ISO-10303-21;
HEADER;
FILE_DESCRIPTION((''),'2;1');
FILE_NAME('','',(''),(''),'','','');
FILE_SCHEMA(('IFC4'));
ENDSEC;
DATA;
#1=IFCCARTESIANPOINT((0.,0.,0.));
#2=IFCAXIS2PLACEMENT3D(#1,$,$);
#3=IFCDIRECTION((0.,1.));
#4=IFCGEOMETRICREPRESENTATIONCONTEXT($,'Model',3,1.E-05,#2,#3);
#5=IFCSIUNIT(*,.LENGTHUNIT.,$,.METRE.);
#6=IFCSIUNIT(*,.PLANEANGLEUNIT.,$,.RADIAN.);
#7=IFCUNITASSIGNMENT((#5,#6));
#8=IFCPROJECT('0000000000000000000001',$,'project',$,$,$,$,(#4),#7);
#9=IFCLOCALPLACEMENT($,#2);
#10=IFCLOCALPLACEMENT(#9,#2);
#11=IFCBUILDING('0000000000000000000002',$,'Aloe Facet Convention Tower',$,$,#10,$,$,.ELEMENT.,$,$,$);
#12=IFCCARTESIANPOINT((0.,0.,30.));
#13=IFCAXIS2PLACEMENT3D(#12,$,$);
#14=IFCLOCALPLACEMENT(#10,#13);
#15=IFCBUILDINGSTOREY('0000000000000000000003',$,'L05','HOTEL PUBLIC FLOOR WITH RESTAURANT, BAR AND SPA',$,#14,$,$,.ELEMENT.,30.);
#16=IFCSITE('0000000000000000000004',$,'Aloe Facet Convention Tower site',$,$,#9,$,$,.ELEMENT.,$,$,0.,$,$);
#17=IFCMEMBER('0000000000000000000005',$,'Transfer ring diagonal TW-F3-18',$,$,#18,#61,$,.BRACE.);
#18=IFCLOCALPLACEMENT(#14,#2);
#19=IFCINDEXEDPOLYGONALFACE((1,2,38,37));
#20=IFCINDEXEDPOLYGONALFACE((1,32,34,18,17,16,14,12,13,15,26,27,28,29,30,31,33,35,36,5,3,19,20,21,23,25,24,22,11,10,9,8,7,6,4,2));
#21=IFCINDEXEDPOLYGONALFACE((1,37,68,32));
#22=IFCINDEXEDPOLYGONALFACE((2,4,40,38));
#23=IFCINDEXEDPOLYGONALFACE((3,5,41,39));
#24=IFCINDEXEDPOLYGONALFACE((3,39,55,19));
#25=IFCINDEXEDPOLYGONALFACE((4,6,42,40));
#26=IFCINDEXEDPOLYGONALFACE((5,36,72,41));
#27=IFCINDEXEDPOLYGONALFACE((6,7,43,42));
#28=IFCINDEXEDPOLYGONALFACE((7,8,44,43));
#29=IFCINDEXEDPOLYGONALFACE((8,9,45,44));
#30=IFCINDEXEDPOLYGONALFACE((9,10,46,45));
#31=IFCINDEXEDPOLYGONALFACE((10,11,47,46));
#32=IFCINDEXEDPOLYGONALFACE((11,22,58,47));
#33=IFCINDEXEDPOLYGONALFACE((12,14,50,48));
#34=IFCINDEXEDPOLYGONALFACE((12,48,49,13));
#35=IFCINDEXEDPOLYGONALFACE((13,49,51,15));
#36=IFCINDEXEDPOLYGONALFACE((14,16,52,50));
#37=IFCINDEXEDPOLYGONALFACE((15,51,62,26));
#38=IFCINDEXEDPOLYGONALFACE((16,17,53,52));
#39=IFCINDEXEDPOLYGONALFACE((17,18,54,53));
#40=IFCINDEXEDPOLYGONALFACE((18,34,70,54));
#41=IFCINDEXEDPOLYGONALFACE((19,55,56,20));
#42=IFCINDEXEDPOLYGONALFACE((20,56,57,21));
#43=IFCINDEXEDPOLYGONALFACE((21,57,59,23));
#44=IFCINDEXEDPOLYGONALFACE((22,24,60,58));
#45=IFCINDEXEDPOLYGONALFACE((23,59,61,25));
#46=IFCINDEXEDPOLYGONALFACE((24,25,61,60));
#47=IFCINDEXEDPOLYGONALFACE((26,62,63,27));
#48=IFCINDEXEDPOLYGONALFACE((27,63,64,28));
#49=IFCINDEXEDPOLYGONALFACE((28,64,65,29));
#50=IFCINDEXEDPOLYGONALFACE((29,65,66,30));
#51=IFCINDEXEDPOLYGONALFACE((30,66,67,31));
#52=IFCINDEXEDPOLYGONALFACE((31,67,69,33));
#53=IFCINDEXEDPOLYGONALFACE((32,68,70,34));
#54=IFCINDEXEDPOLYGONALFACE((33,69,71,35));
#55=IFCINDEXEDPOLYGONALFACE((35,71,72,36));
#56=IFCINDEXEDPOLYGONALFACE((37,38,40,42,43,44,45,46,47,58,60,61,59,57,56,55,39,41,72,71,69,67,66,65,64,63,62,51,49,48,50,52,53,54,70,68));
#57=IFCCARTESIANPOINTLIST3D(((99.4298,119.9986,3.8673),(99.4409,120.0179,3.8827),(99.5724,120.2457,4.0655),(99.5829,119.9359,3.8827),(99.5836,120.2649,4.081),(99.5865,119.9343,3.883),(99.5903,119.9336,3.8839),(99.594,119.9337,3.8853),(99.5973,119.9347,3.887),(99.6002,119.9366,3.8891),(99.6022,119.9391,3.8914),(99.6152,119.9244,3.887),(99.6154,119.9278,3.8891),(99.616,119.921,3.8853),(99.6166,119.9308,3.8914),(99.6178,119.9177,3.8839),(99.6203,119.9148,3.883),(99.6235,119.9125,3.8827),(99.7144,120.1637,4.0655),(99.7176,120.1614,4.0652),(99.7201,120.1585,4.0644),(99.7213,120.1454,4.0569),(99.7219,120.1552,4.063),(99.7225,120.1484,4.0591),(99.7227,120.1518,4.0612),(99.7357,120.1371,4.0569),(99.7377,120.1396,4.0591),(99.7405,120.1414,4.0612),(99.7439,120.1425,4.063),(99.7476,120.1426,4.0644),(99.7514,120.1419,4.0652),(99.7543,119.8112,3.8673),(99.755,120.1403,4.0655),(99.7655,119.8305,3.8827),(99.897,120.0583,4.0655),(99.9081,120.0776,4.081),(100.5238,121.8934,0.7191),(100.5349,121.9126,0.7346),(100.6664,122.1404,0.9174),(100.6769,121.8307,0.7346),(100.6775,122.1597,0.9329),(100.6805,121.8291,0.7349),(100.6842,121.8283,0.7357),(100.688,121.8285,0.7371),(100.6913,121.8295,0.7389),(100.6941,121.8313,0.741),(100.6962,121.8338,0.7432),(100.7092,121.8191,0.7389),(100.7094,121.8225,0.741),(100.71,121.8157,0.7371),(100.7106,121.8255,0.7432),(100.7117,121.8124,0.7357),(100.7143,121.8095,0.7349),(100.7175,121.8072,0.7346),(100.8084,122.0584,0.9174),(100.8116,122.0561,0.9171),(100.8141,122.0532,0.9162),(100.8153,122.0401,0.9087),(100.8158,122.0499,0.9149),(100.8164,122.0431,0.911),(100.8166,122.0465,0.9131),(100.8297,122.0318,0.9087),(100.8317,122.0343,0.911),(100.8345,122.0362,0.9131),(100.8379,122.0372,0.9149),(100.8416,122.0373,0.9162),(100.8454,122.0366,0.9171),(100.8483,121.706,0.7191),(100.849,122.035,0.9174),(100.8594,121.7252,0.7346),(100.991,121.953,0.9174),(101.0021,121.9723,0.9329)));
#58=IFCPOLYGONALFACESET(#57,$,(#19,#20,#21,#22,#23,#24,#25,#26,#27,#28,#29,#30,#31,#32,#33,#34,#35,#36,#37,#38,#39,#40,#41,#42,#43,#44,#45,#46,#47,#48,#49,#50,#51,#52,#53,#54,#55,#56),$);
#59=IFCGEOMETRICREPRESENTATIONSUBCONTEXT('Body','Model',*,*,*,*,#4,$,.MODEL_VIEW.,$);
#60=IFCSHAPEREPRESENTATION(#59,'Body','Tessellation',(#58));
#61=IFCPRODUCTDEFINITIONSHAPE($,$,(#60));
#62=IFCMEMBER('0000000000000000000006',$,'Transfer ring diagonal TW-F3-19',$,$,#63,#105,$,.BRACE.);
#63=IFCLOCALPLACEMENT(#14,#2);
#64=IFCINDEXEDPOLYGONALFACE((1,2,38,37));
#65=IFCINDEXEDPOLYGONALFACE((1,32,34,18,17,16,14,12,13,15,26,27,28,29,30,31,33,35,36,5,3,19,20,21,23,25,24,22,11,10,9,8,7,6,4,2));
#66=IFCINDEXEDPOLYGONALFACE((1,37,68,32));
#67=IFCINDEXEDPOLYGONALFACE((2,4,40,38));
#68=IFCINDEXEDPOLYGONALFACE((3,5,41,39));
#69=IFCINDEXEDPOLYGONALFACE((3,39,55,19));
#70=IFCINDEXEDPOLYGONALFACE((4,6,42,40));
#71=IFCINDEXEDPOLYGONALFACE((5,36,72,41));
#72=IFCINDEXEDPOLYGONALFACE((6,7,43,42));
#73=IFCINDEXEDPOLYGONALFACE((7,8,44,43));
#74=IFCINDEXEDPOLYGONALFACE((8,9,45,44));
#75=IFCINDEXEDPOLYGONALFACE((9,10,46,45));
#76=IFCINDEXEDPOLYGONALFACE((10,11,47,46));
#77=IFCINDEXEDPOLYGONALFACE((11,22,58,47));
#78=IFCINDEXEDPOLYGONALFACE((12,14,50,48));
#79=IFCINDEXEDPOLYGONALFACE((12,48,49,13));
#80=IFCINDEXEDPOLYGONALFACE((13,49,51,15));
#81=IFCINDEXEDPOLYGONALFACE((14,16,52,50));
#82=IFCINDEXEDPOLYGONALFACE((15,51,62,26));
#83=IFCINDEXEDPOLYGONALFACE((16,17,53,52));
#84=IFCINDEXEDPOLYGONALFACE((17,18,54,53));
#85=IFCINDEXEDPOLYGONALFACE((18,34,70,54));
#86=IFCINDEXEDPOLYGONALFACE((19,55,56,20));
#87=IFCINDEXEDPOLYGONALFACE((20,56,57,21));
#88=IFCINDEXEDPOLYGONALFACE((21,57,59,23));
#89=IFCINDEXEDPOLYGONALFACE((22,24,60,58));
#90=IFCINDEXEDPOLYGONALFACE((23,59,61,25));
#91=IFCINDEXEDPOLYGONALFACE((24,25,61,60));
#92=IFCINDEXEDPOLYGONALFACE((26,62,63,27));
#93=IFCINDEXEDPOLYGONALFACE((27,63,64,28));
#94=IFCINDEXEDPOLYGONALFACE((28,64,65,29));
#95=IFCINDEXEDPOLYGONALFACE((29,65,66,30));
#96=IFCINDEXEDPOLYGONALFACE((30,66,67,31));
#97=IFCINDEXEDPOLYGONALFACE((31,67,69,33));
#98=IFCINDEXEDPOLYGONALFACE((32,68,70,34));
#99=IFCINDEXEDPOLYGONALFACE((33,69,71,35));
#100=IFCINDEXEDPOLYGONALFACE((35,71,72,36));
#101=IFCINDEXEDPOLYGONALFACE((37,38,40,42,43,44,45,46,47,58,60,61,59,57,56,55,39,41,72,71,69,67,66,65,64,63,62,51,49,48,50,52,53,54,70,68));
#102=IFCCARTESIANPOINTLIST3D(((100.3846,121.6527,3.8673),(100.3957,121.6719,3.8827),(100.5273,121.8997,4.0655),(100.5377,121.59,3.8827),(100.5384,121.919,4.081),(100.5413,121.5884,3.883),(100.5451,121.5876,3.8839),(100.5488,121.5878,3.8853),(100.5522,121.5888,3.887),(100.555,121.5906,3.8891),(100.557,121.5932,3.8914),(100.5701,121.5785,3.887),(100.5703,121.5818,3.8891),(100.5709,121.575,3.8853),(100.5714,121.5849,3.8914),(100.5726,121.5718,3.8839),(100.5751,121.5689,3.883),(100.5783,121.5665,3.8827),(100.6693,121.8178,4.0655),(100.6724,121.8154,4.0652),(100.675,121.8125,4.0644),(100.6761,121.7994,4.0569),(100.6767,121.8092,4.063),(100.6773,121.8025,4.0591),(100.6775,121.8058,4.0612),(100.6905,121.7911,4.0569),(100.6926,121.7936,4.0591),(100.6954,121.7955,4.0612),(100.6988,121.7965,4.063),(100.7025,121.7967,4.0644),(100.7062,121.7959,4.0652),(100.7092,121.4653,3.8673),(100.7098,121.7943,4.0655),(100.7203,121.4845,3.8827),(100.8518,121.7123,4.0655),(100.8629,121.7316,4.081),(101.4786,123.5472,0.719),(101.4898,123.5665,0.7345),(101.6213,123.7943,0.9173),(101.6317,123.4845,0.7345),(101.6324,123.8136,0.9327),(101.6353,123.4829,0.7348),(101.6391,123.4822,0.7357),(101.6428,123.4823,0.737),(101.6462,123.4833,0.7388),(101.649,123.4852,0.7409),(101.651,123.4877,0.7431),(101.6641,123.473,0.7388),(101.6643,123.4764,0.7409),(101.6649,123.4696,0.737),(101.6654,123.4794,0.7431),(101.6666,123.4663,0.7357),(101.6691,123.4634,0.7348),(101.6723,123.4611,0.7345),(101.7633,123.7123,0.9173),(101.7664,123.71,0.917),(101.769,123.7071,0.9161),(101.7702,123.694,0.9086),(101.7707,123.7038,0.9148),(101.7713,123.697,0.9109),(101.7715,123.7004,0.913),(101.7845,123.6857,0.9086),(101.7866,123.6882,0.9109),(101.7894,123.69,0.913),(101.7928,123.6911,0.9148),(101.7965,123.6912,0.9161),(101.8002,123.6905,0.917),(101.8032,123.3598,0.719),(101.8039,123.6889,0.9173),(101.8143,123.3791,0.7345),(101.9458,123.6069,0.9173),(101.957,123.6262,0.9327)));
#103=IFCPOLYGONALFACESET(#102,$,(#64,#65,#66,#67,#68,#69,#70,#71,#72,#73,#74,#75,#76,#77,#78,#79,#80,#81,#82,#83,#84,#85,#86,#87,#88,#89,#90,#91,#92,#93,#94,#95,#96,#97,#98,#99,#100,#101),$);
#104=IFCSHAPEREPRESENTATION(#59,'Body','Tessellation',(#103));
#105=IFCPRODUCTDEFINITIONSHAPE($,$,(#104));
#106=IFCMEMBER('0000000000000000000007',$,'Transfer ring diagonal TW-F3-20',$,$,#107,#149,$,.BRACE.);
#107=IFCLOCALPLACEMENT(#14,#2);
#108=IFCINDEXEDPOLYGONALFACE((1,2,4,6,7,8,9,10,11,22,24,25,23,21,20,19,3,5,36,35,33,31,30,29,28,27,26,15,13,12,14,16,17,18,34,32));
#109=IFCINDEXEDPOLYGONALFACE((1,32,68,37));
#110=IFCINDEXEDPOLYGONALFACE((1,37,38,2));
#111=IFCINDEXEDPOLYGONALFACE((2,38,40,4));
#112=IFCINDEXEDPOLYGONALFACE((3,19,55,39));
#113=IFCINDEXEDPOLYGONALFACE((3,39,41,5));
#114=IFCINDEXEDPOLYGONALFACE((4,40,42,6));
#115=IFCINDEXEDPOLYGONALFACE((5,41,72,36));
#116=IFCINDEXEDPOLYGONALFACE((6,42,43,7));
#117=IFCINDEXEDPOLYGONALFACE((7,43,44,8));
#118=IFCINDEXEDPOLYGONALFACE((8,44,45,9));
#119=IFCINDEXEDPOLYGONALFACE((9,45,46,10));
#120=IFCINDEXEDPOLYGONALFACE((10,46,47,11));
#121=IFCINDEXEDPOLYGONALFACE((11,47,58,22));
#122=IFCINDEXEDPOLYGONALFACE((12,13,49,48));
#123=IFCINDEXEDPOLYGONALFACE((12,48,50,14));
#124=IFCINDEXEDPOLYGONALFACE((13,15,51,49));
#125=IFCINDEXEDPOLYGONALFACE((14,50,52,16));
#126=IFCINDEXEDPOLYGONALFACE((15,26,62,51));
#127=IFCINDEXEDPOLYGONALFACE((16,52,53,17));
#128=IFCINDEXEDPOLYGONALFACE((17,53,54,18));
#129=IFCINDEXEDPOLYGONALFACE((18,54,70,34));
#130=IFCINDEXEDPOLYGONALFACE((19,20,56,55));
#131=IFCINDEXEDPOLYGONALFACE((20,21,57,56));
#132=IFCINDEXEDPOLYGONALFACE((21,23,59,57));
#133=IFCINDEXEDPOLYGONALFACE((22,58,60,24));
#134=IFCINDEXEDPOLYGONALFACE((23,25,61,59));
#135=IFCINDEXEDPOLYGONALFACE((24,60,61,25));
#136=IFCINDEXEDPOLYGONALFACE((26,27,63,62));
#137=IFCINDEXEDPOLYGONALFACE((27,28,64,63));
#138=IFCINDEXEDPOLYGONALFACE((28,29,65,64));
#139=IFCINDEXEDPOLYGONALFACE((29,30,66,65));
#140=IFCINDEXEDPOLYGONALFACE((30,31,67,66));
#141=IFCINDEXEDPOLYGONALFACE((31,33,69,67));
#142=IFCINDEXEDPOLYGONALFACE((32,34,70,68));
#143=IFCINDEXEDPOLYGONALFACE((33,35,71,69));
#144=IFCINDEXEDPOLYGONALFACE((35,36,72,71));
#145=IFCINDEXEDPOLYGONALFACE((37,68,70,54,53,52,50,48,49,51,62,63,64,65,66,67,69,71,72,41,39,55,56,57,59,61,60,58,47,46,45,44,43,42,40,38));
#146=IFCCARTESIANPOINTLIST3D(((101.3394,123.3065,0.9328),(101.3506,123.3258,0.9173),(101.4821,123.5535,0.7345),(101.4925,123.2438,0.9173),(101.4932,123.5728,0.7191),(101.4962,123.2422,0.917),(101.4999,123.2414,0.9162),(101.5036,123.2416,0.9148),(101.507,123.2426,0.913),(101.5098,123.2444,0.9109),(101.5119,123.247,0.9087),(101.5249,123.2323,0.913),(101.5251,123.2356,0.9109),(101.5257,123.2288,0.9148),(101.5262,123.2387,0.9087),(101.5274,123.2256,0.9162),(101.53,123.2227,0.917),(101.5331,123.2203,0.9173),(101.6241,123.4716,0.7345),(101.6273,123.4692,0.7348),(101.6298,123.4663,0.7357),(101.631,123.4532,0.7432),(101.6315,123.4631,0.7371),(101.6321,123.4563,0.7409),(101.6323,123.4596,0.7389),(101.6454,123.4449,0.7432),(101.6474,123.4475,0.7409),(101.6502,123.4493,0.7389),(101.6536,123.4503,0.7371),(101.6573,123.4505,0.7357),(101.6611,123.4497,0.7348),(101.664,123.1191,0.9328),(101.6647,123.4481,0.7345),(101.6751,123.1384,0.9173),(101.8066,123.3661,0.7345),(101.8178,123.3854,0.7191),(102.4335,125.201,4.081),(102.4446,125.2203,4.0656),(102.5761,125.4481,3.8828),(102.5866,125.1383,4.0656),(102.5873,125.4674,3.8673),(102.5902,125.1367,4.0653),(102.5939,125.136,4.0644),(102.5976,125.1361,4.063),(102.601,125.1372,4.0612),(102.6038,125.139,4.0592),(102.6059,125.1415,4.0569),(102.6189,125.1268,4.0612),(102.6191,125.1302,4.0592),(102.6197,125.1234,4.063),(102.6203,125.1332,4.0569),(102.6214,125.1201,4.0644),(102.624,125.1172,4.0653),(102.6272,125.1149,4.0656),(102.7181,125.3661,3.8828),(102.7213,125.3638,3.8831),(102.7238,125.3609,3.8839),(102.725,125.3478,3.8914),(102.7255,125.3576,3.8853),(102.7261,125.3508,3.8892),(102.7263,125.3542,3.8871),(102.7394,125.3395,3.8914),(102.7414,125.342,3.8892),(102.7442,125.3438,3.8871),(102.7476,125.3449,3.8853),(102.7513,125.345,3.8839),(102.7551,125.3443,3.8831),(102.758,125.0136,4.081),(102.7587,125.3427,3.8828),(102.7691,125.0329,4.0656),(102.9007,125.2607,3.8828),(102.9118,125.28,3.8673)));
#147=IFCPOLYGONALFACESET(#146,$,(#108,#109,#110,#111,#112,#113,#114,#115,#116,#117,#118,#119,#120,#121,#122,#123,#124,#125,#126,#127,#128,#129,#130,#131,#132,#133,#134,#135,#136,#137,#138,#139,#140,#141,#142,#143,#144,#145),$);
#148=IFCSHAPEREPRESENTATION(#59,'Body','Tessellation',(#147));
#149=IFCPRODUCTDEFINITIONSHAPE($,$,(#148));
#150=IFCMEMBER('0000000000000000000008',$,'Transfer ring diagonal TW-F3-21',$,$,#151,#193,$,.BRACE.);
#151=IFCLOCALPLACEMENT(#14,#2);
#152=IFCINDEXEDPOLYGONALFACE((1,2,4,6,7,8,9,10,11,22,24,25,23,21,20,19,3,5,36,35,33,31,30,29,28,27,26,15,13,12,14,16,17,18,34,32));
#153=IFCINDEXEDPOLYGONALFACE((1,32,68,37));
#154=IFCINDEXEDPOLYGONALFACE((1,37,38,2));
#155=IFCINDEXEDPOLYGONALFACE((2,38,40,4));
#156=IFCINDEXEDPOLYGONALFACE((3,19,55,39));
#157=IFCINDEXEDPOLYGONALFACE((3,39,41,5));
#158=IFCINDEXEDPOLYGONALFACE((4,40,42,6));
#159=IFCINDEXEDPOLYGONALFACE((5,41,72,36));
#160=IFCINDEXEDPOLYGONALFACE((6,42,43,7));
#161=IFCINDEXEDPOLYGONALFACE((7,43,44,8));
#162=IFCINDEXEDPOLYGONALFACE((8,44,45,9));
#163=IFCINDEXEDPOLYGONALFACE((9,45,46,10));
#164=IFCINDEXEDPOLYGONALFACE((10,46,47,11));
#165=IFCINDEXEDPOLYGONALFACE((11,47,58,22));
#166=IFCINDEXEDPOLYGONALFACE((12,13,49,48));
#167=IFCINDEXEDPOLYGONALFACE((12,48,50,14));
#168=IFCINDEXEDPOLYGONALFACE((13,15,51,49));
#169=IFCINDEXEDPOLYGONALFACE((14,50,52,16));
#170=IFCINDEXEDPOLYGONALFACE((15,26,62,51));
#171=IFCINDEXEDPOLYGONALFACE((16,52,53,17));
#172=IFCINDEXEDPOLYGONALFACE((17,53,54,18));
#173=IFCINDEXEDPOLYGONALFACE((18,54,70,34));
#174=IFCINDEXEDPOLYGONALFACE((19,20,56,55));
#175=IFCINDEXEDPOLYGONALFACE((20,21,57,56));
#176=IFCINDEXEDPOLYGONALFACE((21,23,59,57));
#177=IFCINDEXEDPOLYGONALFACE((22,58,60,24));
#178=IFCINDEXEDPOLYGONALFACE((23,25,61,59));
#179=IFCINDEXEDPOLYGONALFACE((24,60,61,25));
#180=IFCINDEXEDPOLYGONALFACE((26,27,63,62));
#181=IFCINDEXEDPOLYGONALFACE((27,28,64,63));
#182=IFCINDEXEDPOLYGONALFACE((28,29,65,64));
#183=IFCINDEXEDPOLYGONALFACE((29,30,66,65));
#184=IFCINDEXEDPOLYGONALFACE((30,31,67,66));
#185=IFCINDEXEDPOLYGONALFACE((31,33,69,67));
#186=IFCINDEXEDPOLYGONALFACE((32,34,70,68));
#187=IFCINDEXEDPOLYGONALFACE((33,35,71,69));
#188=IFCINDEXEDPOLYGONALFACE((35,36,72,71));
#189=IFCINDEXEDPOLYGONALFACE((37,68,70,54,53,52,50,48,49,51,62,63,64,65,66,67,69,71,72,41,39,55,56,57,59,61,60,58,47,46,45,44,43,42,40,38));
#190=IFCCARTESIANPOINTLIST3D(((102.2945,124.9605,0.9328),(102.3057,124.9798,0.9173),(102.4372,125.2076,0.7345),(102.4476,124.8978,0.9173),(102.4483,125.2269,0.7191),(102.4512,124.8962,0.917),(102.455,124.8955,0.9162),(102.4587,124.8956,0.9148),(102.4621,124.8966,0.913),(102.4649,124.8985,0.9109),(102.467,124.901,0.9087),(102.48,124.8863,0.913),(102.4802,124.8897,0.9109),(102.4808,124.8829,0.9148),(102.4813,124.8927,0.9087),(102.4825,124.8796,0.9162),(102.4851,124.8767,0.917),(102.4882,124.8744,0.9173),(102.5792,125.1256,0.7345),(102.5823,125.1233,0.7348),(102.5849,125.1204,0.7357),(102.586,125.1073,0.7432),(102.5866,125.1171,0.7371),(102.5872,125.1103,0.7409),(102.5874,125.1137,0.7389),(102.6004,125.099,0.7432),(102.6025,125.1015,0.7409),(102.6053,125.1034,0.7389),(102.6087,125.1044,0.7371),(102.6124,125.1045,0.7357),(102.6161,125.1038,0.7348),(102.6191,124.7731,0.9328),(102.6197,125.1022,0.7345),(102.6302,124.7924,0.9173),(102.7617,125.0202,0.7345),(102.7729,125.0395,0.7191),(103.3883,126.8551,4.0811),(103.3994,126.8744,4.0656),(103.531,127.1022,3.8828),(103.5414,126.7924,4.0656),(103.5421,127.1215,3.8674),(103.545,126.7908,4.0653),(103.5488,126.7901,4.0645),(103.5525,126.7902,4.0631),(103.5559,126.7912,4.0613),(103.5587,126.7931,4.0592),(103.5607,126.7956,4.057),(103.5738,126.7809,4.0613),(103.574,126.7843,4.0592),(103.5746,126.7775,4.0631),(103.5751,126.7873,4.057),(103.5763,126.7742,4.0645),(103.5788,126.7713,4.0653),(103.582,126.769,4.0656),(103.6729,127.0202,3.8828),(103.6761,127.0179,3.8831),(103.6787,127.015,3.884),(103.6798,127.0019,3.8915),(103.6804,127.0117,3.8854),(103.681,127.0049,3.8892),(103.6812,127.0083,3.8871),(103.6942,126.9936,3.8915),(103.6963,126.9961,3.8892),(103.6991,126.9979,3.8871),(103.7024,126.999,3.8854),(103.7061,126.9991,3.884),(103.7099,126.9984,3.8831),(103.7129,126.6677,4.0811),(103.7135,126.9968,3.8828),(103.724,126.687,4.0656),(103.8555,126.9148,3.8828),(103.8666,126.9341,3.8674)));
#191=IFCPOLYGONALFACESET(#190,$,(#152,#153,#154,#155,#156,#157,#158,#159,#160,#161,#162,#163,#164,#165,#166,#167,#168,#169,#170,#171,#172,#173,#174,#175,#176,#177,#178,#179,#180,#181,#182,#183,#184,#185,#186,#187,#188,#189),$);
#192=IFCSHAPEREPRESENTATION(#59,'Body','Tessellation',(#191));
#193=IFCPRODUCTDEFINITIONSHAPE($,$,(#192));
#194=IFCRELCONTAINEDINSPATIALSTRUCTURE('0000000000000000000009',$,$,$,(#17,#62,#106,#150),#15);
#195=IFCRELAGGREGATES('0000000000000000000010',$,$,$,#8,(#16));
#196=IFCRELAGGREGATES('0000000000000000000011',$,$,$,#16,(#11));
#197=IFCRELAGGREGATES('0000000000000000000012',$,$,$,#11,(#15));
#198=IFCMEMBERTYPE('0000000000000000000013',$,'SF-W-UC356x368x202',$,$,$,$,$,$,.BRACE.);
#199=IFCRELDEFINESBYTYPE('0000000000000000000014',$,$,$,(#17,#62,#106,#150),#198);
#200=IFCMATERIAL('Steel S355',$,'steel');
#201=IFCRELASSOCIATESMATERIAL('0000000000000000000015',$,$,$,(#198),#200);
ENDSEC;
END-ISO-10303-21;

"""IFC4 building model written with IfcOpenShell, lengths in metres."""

from ifc_helpers import new_model, si_unit, direction, frame, origin, origin_2d, place, context, subcontext, project, spatial, i_section, extrude, material, material_profile, profile_set, type_object, element, save


model = new_model("IFC4")

# Units and contexts
model_context = context("Model", 3, precision=1e-05, world=origin(), true_north=direction((0.0, 1.0)))
body_context = subcontext(model_context, "Body", "Model", "MODEL_VIEW")
ifc_project = project(units=[si_unit("LENGTHUNIT", "METRE"), si_unit("PLANEANGLEUNIT", "RADIAN")], contexts=[model_context])

# Site, building, storey
site_placement = place(None, origin())
site = spatial("IfcSite", under=ifc_project, at=site_placement, Name="Aloe Facet Convention Tower site", CompositionType="ELEMENT", RefElevation=0.0)
building_placement = place(site_placement, origin())
building = spatial("IfcBuilding", under=site, at=building_placement, Name="Aloe Facet Convention Tower", CompositionType="ELEMENT")
storey_placement = place(building_placement, frame((0.0, 0.0, 30.0)))
storey = spatial("IfcBuildingStorey", under=building, at=storey_placement, Name="L05", Description="HOTEL PUBLIC FLOOR WITH RESTAURANT, BAR AND SPA", CompositionType="ELEMENT", Elevation=30.0)

# Members
ifc_material_1 = material(Name="Steel S355", Category="steel")
ifc_material_profile_1 = material_profile(ifc_material_1, i_section(OverallWidth=0.3748, OverallDepth=0.3745, WebThickness=0.0166, FlangeThickness=0.0271, FilletRadius=0.0151, at=origin_2d()), Name="UC 356x368x202")
ifc_profile_set_1 = profile_set([ifc_material_profile_1], Name="Steel S355")
member_type_1 = type_object("IfcMemberType", Name="SF-W-UC356x368x202", PredefinedType="BRACE", material=ifc_profile_set_1)
for number, where, z_axis, x_axis, name in (
    (1, (99.6689, 120.0381, 3.9741), (0.285354, 0.494227, -0.821165), (-0.866016, 0.500015, 0.0), "Transfer ring diagonal TW-F3-18"),
    (2, (100.6238, 121.6921, 3.9741), (0.285363, 0.494179, -0.821191), (-0.865989, 0.500064, 0.0), "Transfer ring diagonal TW-F3-19"),
    (3, (101.5786, 123.3459, 0.8259), (0.285363, 0.494179, 0.821191), (-0.865989, 0.500064, 0.0), "Transfer ring diagonal TW-F3-20"),
    (4, (102.5337, 125.0, 0.8259), (0.285305, 0.494188, 0.821206), (-0.866037, 0.49998, 0.0), "Transfer ring diagonal TW-F3-21"),
):
    element("IfcMember", number, at=place(storey_placement, frame(where, z_axis=z_axis, x_axis=x_axis)), inside=storey, type_object=member_type_1, Name=name, PredefinedType="BRACE", context=body_context, shape_type="SweptSolid", body=[
        extrude(i_section(OverallWidth=0.3748, OverallDepth=0.3745, WebThickness=0.0166, FlangeThickness=0.0271, FilletRadius=0.0151, at=origin_2d()), origin(), (0.0, 0.0, 1.0), 3.8337),
    ])

save(model, "model.ifc")
